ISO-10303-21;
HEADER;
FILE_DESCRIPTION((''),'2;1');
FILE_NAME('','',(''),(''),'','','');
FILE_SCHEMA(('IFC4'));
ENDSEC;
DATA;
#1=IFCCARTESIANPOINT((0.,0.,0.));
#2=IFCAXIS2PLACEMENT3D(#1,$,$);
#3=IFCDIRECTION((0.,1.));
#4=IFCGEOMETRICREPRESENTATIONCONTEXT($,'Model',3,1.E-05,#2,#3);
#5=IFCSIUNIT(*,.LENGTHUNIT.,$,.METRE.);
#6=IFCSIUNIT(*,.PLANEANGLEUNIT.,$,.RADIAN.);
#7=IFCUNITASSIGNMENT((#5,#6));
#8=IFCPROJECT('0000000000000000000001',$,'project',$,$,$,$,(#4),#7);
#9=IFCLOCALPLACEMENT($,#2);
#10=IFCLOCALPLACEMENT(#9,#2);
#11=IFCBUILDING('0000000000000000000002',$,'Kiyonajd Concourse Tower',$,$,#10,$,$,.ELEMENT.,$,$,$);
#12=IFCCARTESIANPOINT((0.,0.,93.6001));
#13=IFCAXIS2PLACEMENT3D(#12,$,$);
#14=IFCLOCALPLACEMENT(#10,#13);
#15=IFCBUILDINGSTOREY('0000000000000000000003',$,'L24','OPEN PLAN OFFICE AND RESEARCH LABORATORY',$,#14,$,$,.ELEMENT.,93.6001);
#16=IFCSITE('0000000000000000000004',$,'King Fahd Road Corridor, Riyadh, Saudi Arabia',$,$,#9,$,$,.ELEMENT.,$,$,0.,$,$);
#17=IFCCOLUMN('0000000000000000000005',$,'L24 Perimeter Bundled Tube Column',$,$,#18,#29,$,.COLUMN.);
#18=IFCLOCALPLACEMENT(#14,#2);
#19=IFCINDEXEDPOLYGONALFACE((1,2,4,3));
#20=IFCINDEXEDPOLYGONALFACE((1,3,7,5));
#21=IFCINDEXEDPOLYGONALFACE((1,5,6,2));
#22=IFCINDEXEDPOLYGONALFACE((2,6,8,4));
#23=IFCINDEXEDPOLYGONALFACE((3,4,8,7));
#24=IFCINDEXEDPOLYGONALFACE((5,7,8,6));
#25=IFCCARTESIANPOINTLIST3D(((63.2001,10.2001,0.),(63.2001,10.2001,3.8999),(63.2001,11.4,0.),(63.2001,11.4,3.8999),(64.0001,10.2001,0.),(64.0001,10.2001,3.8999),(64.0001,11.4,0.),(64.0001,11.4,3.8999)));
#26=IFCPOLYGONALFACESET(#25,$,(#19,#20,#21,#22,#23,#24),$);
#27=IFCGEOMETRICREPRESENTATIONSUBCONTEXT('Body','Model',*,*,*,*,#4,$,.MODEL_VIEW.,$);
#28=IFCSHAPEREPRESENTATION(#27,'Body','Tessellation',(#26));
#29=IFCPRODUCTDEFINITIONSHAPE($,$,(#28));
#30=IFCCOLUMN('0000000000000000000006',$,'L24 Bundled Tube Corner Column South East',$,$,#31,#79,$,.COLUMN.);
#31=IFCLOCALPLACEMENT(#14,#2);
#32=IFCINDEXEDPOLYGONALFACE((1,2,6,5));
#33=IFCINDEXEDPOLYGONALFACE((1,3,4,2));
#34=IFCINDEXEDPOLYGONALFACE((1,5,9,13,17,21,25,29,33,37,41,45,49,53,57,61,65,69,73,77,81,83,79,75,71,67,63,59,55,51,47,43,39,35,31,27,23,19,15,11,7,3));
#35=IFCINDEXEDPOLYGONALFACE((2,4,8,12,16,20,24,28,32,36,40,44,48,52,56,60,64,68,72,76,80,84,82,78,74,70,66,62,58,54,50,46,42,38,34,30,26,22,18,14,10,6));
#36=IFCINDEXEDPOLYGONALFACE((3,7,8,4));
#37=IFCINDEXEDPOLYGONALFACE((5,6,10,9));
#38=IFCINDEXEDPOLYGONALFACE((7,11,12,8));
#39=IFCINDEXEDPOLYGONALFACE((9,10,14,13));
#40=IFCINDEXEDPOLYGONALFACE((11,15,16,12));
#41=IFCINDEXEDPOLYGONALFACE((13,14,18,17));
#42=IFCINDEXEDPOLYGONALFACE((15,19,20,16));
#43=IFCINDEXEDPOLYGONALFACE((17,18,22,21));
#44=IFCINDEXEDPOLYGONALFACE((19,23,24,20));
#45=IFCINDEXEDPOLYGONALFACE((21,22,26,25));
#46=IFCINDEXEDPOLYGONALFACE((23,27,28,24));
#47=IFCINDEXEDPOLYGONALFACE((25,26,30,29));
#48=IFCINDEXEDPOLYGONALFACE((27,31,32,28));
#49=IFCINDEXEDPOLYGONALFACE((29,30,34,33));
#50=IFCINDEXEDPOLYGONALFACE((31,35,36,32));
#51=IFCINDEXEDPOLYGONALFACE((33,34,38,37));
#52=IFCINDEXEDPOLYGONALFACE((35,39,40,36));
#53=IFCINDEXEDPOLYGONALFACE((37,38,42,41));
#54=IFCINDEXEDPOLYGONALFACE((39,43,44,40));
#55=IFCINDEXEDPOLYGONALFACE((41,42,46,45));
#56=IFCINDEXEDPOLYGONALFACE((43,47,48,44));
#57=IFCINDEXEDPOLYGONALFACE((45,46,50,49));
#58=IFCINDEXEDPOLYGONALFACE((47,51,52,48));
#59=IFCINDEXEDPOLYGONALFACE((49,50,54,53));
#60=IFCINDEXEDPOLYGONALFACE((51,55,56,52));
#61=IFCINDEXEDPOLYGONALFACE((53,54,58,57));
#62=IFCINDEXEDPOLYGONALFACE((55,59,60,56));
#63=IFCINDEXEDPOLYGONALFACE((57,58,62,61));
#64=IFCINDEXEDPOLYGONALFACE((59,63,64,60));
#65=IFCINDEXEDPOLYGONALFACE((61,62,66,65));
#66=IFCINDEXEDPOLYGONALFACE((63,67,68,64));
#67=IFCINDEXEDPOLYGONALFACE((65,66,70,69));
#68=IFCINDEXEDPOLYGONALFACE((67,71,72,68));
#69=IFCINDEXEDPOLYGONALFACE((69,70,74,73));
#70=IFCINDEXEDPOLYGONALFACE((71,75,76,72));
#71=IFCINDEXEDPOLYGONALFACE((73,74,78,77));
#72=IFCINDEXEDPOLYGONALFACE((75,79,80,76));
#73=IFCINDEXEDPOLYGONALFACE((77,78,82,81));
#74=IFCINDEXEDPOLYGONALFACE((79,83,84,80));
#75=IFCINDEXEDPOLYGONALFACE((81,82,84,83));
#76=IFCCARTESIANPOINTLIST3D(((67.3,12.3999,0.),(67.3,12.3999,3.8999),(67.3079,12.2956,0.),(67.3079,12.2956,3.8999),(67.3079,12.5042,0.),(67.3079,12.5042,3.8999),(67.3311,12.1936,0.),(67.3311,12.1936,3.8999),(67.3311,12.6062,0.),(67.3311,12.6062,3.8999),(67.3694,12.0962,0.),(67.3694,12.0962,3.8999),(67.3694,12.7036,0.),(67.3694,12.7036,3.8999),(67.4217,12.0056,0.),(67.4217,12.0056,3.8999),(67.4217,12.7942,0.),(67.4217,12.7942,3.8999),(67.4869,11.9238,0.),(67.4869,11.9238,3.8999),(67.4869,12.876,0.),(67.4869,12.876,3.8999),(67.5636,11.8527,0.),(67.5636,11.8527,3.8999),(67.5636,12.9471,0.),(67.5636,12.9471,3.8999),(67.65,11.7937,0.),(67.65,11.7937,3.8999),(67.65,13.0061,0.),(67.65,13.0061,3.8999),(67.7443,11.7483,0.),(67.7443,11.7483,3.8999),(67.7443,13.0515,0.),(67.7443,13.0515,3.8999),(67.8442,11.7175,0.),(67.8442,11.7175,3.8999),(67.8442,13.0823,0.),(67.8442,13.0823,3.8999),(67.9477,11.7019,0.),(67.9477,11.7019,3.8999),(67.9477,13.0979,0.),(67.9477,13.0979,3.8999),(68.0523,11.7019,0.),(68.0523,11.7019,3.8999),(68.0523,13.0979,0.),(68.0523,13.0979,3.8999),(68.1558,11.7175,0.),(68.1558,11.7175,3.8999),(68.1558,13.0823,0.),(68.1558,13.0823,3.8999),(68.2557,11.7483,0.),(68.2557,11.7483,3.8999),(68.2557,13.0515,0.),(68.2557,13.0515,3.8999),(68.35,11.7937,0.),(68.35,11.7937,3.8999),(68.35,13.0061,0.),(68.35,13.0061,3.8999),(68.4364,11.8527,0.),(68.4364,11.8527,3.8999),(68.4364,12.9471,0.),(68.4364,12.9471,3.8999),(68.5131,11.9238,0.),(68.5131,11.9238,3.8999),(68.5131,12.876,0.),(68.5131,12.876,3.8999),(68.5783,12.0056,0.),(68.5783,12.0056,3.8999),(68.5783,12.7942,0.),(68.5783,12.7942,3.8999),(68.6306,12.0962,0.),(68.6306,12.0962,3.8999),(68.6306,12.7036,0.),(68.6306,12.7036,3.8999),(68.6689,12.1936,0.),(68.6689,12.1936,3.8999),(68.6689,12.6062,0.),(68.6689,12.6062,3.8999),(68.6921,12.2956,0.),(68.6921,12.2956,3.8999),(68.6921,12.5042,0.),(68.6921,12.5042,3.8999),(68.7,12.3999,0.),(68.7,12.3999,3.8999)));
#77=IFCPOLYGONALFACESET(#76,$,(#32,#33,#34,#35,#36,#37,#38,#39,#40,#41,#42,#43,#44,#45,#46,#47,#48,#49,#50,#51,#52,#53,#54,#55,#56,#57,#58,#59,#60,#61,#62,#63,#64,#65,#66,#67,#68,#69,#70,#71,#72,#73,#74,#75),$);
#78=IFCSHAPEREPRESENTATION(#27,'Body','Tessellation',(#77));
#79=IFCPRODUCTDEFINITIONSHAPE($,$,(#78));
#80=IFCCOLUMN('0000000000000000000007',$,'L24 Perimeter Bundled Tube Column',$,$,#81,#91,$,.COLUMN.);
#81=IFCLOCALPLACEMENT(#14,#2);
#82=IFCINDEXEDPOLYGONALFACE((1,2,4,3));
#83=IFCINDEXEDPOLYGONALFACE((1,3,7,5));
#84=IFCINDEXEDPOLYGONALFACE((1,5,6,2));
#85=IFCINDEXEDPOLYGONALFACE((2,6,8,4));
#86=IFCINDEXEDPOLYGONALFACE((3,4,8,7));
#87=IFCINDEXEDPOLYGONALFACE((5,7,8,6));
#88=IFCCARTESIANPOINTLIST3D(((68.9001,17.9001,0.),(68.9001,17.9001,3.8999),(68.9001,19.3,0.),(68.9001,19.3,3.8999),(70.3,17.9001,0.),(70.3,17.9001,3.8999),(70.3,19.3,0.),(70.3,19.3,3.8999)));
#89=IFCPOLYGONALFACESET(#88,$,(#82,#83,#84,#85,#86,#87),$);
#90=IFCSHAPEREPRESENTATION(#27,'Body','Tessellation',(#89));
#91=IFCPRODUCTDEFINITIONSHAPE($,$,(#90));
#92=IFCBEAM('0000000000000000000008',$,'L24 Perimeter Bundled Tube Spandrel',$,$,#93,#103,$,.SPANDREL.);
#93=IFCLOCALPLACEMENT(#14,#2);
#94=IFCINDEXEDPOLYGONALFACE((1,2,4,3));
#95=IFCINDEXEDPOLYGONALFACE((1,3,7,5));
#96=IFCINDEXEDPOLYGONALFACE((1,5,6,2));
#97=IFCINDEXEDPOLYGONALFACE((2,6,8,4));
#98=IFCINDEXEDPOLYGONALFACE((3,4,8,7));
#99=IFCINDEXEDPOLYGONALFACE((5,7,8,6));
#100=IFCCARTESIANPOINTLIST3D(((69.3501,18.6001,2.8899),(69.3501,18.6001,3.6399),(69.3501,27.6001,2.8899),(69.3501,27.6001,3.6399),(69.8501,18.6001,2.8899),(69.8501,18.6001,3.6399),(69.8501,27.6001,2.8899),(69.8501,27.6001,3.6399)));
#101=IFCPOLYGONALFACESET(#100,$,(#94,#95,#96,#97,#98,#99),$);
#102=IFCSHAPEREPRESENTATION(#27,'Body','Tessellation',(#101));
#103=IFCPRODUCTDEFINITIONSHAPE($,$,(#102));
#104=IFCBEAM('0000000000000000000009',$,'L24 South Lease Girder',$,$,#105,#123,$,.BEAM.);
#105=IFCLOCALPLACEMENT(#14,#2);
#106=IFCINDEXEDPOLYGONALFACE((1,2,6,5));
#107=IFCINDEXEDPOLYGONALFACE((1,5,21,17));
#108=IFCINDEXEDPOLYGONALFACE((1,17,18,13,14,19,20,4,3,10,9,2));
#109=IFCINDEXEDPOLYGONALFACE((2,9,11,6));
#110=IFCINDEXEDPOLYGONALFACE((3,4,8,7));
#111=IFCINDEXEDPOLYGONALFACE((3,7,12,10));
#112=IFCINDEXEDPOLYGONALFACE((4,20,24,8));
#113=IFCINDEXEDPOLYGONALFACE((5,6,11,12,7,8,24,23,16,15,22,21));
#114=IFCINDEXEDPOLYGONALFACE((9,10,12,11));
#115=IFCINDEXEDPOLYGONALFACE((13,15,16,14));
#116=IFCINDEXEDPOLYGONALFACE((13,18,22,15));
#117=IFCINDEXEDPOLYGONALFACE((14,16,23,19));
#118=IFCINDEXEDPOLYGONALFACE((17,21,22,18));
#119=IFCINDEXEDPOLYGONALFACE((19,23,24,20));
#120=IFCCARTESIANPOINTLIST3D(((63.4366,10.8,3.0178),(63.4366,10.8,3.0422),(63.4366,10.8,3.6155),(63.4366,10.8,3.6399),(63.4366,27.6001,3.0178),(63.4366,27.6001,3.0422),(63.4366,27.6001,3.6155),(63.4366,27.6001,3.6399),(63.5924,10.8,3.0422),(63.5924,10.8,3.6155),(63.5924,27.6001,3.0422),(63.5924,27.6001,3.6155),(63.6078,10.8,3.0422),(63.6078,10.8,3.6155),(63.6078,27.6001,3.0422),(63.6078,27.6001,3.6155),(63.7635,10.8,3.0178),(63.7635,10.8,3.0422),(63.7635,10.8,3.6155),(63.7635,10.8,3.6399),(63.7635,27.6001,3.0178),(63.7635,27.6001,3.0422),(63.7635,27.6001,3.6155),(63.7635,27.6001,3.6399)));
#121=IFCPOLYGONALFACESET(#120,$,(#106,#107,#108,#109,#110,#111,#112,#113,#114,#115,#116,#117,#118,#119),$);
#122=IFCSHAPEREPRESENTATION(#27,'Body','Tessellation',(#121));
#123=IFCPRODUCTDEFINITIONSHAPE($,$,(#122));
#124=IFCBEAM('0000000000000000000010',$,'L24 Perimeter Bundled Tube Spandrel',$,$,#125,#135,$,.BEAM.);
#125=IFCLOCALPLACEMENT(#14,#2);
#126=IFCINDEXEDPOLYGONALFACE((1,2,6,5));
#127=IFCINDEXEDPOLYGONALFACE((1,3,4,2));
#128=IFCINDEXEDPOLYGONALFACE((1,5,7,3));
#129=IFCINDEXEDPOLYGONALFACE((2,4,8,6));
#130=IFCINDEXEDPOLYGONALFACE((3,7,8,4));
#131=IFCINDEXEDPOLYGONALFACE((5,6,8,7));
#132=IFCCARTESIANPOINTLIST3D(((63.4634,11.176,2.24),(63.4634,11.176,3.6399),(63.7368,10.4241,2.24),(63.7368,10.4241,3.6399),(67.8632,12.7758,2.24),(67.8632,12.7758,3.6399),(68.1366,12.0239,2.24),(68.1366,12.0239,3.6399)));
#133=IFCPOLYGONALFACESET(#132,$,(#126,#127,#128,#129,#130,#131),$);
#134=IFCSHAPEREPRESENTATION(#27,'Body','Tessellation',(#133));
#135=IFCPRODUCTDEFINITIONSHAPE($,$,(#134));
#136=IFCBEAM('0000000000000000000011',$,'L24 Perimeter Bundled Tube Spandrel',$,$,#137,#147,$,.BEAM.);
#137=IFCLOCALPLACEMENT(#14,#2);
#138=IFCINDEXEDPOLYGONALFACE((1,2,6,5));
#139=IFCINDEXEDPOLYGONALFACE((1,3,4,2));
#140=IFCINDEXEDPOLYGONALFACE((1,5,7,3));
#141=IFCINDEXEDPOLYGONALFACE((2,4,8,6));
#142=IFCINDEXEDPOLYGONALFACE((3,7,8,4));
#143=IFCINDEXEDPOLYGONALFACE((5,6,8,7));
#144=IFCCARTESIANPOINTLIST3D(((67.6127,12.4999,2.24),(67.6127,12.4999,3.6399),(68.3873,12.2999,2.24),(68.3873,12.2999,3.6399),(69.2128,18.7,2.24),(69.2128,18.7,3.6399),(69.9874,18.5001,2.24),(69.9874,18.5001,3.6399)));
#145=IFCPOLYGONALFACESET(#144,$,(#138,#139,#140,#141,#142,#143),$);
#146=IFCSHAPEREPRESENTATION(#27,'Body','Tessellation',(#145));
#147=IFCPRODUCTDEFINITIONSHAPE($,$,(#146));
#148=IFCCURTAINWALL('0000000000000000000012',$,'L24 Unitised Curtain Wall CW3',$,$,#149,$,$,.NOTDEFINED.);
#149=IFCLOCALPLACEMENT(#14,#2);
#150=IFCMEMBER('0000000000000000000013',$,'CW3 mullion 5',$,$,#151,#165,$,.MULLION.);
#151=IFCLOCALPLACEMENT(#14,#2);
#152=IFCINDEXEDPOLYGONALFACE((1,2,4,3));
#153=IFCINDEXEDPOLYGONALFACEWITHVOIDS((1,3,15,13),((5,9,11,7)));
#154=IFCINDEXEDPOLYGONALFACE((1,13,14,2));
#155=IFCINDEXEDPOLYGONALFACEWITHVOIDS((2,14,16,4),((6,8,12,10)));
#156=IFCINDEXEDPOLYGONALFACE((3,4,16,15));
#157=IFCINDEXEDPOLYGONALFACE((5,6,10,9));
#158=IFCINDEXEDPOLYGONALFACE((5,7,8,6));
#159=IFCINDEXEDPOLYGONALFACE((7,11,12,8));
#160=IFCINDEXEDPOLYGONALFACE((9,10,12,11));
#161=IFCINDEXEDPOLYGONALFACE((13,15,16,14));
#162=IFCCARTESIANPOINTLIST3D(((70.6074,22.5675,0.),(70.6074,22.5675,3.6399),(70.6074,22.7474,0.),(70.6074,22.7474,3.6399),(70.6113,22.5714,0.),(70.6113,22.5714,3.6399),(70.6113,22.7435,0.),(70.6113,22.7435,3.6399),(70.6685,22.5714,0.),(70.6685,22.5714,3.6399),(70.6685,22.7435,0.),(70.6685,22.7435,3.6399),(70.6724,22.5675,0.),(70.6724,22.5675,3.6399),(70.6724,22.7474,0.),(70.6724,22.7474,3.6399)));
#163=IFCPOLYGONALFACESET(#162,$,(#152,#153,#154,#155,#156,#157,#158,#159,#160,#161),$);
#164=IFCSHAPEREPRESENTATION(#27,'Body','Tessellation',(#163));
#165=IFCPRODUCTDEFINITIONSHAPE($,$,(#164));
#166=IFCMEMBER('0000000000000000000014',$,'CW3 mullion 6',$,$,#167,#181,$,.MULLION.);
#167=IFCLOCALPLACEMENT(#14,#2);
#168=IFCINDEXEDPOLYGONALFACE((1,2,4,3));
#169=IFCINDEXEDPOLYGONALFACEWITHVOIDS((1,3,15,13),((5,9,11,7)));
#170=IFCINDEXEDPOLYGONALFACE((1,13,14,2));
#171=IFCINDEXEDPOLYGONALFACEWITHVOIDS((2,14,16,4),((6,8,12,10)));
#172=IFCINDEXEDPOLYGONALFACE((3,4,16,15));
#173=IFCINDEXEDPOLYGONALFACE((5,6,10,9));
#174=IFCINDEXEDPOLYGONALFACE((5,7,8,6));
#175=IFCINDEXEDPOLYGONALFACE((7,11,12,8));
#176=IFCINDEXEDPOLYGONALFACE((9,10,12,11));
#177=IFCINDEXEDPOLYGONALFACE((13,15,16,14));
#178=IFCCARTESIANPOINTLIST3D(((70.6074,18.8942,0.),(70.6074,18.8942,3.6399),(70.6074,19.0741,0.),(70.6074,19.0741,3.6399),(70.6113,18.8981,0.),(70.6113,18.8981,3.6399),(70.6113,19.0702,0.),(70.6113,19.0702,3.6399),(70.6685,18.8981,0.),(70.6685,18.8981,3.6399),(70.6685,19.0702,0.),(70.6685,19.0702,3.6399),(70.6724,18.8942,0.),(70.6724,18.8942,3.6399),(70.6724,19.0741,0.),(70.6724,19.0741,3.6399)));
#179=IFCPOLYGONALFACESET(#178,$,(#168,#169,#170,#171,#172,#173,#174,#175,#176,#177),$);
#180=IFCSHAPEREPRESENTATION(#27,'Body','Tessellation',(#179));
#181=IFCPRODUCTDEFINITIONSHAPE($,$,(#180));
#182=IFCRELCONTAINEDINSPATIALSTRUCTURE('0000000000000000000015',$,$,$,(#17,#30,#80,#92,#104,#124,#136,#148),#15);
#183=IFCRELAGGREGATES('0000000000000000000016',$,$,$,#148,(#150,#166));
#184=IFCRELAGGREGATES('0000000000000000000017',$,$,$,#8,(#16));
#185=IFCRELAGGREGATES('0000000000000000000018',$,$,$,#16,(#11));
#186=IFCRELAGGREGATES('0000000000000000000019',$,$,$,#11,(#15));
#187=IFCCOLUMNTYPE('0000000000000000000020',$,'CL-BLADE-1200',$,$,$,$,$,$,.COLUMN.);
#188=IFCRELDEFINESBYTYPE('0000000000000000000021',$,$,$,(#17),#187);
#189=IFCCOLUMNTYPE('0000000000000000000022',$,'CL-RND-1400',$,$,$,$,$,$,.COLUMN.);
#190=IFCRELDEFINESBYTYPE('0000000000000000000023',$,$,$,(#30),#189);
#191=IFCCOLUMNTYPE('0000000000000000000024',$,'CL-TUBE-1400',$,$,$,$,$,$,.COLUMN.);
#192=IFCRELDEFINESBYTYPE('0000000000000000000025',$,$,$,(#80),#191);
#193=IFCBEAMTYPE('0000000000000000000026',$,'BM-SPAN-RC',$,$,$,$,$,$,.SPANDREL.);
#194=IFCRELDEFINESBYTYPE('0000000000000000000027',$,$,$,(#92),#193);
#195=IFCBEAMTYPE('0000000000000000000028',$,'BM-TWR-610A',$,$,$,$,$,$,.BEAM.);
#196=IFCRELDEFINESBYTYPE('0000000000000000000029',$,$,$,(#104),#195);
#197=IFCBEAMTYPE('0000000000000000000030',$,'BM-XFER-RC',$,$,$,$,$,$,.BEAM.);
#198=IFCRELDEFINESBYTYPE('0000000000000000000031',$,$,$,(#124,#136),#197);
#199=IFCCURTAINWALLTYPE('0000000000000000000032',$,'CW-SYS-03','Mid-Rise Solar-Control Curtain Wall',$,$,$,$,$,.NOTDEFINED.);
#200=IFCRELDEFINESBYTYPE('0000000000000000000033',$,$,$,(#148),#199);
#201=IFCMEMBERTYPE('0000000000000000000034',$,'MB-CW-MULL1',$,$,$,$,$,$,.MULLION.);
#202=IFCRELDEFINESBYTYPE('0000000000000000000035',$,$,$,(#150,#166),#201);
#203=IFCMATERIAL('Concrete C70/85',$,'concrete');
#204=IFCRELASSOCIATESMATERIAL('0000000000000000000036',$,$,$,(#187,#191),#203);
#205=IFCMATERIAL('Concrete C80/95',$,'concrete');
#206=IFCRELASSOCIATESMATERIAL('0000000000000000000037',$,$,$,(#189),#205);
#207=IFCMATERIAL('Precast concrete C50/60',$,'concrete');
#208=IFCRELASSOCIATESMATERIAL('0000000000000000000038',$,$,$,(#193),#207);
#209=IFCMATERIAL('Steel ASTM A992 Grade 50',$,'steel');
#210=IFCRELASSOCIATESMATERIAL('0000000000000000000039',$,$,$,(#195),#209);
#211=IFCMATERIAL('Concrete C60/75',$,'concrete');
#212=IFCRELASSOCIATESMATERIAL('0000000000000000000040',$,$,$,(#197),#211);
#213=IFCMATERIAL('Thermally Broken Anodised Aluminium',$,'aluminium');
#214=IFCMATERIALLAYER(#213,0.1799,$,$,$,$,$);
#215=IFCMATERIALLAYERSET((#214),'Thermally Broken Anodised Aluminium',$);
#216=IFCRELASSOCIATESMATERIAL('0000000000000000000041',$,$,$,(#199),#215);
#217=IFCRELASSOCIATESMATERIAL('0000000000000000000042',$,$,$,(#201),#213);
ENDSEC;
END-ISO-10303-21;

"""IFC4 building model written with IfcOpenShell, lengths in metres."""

from ifc_helpers import new_model, si_unit, direction, frame, origin, origin_2d, place, context, subcontext, project, spatial, rectangle, hollow_rectangle, circle, i_section, extrude, material, layer, layer_set, material_profile, profile_set, type_object, element, aggregate, save


model = new_model("IFC4")

# Units and contexts
model_context = context("Model", 3, precision=1e-05, world=origin(), true_north=direction((0.0, 1.0)))
body_context = subcontext(model_context, "Body", "Model", "MODEL_VIEW")
ifc_project = project(units=[si_unit("LENGTHUNIT", "METRE"), si_unit("PLANEANGLEUNIT", "RADIAN")], contexts=[model_context])

# Site, building, storey
site_placement = place(None, origin())
site = spatial("IfcSite", under=ifc_project, at=site_placement, Name="King Fahd Road Corridor, Riyadh, Saudi Arabia", CompositionType="ELEMENT", RefElevation=0.0)
building_placement = place(site_placement, origin())
building = spatial("IfcBuilding", under=site, at=building_placement, Name="Kiyonajd Concourse Tower", CompositionType="ELEMENT")
storey_placement = place(building_placement, frame((0.0, 0.0, 93.6001)))
storey = spatial("IfcBuildingStorey", under=building, at=storey_placement, Name="L24", Description="OPEN PLAN OFFICE AND RESEARCH LABORATORY", CompositionType="ELEMENT", Elevation=93.6001)

# Columns
ifc_material_1 = material(Name="Concrete C70/85", Category="concrete")
ifc_material_profile_1 = material_profile(ifc_material_1, rectangle(XDim=0.8, YDim=1.2, at=origin_2d()), Name="RC-1200x800")
ifc_profile_set_1 = profile_set([ifc_material_profile_1], Name="Concrete C70/85")
column_type_1 = type_object("IfcColumnType", Name="CL-BLADE-1200", PredefinedType="COLUMN", material=ifc_profile_set_1)
column_1_placement = place(storey_placement, frame((63.6001, 10.8, 0.0), z_axis=(0.0, 0.0, 1.0), x_axis=(1.0, 0.0, 0.0)))
element("IfcColumn", 1, at=column_1_placement, inside=storey, type_object=column_type_1, Name="L24 Perimeter Bundled Tube Column", PredefinedType="COLUMN", context=body_context, shape_type="SweptSolid", body=[
    extrude(rectangle(XDim=0.8, YDim=1.2, at=origin_2d()), origin(), (0.0, 0.0, 1.0), 3.8999),
])
ifc_material_2 = material(Name="Concrete C80/95", Category="concrete")
ifc_material_profile_2 = material_profile(ifc_material_2, circle(Radius=0.7, at=origin_2d()), Name="RCC-D1400")
ifc_profile_set_2 = profile_set([ifc_material_profile_2], Name="Concrete C80/95")
column_type_2 = type_object("IfcColumnType", Name="CL-RND-1400", PredefinedType="COLUMN", material=ifc_profile_set_2)
column_2_placement = place(storey_placement, frame((68.0, 12.3999, 0.0), z_axis=(0.0, 0.0, 1.0), x_axis=(1.0, 0.0, 0.0)))
element("IfcColumn", 2, at=column_2_placement, inside=storey, type_object=column_type_2, Name="L24 Bundled Tube Corner Column South East", PredefinedType="COLUMN", context=body_context, shape_type="SweptSolid", body=[
    extrude(circle(Radius=0.7, at=origin_2d()), origin(), (0.0, 0.0, 1.0), 3.8999),
])
ifc_material_profile_3 = material_profile(ifc_material_1, rectangle(XDim=1.3999, YDim=1.3999, at=origin_2d()), Name="RC-1400x1400")
ifc_profile_set_3 = profile_set([ifc_material_profile_3], Name="Concrete C70/85")
column_type_3 = type_object("IfcColumnType", Name="CL-TUBE-1400", PredefinedType="COLUMN", material=ifc_profile_set_3)
column_3_placement = place(storey_placement, frame((69.6001, 18.6001, 0.0), z_axis=(0.0, 0.0, 1.0), x_axis=(1.0, 0.0, 0.0)))
element("IfcColumn", 3, at=column_3_placement, inside=storey, type_object=column_type_3, Name="L24 Perimeter Bundled Tube Column", PredefinedType="COLUMN", context=body_context, shape_type="SweptSolid", body=[
    extrude(rectangle(XDim=1.3999, YDim=1.3999, at=origin_2d()), origin(), (0.0, 0.0, 1.0), 3.8999),
])

# Beams
ifc_material_3 = material(Name="Precast concrete C50/60", Category="concrete")
ifc_material_profile_4 = material_profile(ifc_material_3, rectangle(XDim=0.5, YDim=0.75, at=origin_2d()), Name="RCBM-500x750")
ifc_profile_set_4 = profile_set([ifc_material_profile_4], Name="Precast concrete C50/60")
beam_type_1 = type_object("IfcBeamType", Name="BM-SPAN-RC", PredefinedType="SPANDREL", material=ifc_profile_set_4)
beam_1_placement = place(storey_placement, frame((69.6001, 18.6001, 3.2649), z_axis=(0.0, 1.0, 0.0), x_axis=(-1.0, 0.0, 0.0)))
element("IfcBeam", 4, at=beam_1_placement, inside=storey, type_object=beam_type_1, Name="L24 Perimeter Bundled Tube Spandrel", PredefinedType="SPANDREL", context=body_context, shape_type="SweptSolid", body=[
    extrude(rectangle(XDim=0.5, YDim=0.75, at=origin_2d()), origin(), (0.0, 0.0, 1.0), 9.0),
])
ifc_material_4 = material(Name="Steel ASTM A992 Grade 50", Category="steel")
ifc_material_profile_5 = material_profile(ifc_material_4, i_section(OverallWidth=0.3269, OverallDepth=0.6221, WebThickness=0.0154, FlangeThickness=0.0244, at=origin_2d()), Name="W610X195")
ifc_profile_set_5 = profile_set([ifc_material_profile_5], Name="Steel ASTM A992 Grade 50")
beam_type_2 = type_object("IfcBeamType", Name="BM-TWR-610A", PredefinedType="BEAM", material=ifc_profile_set_5)
beam_2_placement = place(storey_placement, frame((63.6001, 10.8, 3.3289), z_axis=(0.0, 1.0, 0.0), x_axis=(-1.0, 0.0, 0.0)))
element("IfcBeam", 5, at=beam_2_placement, inside=storey, type_object=beam_type_2, Name="L24 South Lease Girder", PredefinedType="BEAM", context=body_context, shape_type="SweptSolid", body=[
    extrude(i_section(OverallWidth=0.3269, OverallDepth=0.6221, WebThickness=0.0154, FlangeThickness=0.0244, at=origin_2d()), origin(), (0.0, 0.0, 1.0), 16.8),
])
ifc_material_5 = material(Name="Concrete C60/75", Category="concrete")
ifc_material_profile_6 = material_profile(ifc_material_5, rectangle(XDim=0.8, YDim=1.3999, at=origin_2d()), Name="RCBM-800x1400")
ifc_profile_set_6 = profile_set([ifc_material_profile_6], Name="Concrete C60/75")
beam_type_3 = type_object("IfcBeamType", Name="BM-XFER-RC", PredefinedType="BEAM", material=ifc_profile_set_6)
beam_3_placement = place(storey_placement, frame((63.6001, 10.8, 2.9399), z_axis=(0.939801, 0.341722, 0.0), x_axis=(-0.341722, 0.939801, 0.0)))
element("IfcBeam", 6, at=beam_3_placement, inside=storey, type_object=beam_type_3, Name="L24 Perimeter Bundled Tube Spandrel", PredefinedType="BEAM", context=body_context, shape_type="SweptSolid", body=[
    extrude(rectangle(XDim=0.8, YDim=1.3999, at=origin_2d()), origin(), (0.0, 0.0, 1.0), 4.6816),
])
beam_4_placement = place(storey_placement, frame((68.0, 12.3999, 2.9399), z_axis=(0.249885, 0.968276, 0.0), x_axis=(-0.968276, 0.249885, 0.0)))
element("IfcBeam", 7, at=beam_4_placement, inside=storey, type_object=beam_type_3, Name="L24 Perimeter Bundled Tube Spandrel", PredefinedType="BEAM", context=body_context, shape_type="SweptSolid", body=[
    extrude(rectangle(XDim=0.8, YDim=1.3999, at=origin_2d()), origin(), (0.0, 0.0, 1.0), 6.4033),
])

# Curtain wall, members
ifc_material_6 = material(Name="Thermally Broken Anodised Aluminium", Category="aluminium")
ifc_layer_1 = layer(ifc_material_6, 0.1799)
ifc_layer_set_1 = layer_set([ifc_layer_1], Name="Thermally Broken Anodised Aluminium")
curtain_wall_type = type_object("IfcCurtainWallType", Name="CW-SYS-03", Description="Mid-Rise Solar-Control Curtain Wall", PredefinedType="NOTDEFINED", material=ifc_layer_set_1)
curtain_wall_placement = place(storey_placement, origin())
curtain_wall = element("IfcCurtainWall", 8, at=curtain_wall_placement, inside=storey, type_object=curtain_wall_type, Name="L24 Unitised Curtain Wall CW3", PredefinedType="NOTDEFINED")
ifc_material_profile_7 = material_profile(ifc_material_6, hollow_rectangle(XDim=0.0649, YDim=0.1799, WallThickness=0.0039, at=origin_2d()), Name="MULL-65x180")
ifc_profile_set_7 = profile_set([ifc_material_profile_7], Name="Thermally Broken Anodised Aluminium")
member_type_1 = type_object("IfcMemberType", Name="MB-CW-MULL1", PredefinedType="MULLION", material=ifc_profile_set_7)
member_1_placement = place(storey_placement, frame((70.6399, 22.6575, 0.0), z_axis=(0.0, 0.0, 1.0), x_axis=(1.0, 0.0, 0.0)))
member_1 = element("IfcMember", 9, at=member_1_placement, type_object=member_type_1, Name="CW3 mullion 5", PredefinedType="MULLION", context=body_context, shape_type="SweptSolid", body=[
    extrude(hollow_rectangle(XDim=0.0649, YDim=0.1799, WallThickness=0.0039, at=origin_2d()), origin(), (0.0, 0.0, 1.0), 3.6399),
])
member_2_placement = place(storey_placement, frame((70.6399, 18.9841, 0.0), z_axis=(0.0, 0.0, 1.0), x_axis=(1.0, 0.0, 0.0)))
member_2 = element("IfcMember", 10, at=member_2_placement, type_object=member_type_1, Name="CW3 mullion 6", PredefinedType="MULLION", context=body_context, shape_type="SweptSolid", body=[
    extrude(hollow_rectangle(XDim=0.0649, YDim=0.1799, WallThickness=0.0039, at=origin_2d()), origin(), (0.0, 0.0, 1.0), 3.6399),
])
aggregate(curtain_wall, [member_1, member_2])

save(model, "model.ifc")
